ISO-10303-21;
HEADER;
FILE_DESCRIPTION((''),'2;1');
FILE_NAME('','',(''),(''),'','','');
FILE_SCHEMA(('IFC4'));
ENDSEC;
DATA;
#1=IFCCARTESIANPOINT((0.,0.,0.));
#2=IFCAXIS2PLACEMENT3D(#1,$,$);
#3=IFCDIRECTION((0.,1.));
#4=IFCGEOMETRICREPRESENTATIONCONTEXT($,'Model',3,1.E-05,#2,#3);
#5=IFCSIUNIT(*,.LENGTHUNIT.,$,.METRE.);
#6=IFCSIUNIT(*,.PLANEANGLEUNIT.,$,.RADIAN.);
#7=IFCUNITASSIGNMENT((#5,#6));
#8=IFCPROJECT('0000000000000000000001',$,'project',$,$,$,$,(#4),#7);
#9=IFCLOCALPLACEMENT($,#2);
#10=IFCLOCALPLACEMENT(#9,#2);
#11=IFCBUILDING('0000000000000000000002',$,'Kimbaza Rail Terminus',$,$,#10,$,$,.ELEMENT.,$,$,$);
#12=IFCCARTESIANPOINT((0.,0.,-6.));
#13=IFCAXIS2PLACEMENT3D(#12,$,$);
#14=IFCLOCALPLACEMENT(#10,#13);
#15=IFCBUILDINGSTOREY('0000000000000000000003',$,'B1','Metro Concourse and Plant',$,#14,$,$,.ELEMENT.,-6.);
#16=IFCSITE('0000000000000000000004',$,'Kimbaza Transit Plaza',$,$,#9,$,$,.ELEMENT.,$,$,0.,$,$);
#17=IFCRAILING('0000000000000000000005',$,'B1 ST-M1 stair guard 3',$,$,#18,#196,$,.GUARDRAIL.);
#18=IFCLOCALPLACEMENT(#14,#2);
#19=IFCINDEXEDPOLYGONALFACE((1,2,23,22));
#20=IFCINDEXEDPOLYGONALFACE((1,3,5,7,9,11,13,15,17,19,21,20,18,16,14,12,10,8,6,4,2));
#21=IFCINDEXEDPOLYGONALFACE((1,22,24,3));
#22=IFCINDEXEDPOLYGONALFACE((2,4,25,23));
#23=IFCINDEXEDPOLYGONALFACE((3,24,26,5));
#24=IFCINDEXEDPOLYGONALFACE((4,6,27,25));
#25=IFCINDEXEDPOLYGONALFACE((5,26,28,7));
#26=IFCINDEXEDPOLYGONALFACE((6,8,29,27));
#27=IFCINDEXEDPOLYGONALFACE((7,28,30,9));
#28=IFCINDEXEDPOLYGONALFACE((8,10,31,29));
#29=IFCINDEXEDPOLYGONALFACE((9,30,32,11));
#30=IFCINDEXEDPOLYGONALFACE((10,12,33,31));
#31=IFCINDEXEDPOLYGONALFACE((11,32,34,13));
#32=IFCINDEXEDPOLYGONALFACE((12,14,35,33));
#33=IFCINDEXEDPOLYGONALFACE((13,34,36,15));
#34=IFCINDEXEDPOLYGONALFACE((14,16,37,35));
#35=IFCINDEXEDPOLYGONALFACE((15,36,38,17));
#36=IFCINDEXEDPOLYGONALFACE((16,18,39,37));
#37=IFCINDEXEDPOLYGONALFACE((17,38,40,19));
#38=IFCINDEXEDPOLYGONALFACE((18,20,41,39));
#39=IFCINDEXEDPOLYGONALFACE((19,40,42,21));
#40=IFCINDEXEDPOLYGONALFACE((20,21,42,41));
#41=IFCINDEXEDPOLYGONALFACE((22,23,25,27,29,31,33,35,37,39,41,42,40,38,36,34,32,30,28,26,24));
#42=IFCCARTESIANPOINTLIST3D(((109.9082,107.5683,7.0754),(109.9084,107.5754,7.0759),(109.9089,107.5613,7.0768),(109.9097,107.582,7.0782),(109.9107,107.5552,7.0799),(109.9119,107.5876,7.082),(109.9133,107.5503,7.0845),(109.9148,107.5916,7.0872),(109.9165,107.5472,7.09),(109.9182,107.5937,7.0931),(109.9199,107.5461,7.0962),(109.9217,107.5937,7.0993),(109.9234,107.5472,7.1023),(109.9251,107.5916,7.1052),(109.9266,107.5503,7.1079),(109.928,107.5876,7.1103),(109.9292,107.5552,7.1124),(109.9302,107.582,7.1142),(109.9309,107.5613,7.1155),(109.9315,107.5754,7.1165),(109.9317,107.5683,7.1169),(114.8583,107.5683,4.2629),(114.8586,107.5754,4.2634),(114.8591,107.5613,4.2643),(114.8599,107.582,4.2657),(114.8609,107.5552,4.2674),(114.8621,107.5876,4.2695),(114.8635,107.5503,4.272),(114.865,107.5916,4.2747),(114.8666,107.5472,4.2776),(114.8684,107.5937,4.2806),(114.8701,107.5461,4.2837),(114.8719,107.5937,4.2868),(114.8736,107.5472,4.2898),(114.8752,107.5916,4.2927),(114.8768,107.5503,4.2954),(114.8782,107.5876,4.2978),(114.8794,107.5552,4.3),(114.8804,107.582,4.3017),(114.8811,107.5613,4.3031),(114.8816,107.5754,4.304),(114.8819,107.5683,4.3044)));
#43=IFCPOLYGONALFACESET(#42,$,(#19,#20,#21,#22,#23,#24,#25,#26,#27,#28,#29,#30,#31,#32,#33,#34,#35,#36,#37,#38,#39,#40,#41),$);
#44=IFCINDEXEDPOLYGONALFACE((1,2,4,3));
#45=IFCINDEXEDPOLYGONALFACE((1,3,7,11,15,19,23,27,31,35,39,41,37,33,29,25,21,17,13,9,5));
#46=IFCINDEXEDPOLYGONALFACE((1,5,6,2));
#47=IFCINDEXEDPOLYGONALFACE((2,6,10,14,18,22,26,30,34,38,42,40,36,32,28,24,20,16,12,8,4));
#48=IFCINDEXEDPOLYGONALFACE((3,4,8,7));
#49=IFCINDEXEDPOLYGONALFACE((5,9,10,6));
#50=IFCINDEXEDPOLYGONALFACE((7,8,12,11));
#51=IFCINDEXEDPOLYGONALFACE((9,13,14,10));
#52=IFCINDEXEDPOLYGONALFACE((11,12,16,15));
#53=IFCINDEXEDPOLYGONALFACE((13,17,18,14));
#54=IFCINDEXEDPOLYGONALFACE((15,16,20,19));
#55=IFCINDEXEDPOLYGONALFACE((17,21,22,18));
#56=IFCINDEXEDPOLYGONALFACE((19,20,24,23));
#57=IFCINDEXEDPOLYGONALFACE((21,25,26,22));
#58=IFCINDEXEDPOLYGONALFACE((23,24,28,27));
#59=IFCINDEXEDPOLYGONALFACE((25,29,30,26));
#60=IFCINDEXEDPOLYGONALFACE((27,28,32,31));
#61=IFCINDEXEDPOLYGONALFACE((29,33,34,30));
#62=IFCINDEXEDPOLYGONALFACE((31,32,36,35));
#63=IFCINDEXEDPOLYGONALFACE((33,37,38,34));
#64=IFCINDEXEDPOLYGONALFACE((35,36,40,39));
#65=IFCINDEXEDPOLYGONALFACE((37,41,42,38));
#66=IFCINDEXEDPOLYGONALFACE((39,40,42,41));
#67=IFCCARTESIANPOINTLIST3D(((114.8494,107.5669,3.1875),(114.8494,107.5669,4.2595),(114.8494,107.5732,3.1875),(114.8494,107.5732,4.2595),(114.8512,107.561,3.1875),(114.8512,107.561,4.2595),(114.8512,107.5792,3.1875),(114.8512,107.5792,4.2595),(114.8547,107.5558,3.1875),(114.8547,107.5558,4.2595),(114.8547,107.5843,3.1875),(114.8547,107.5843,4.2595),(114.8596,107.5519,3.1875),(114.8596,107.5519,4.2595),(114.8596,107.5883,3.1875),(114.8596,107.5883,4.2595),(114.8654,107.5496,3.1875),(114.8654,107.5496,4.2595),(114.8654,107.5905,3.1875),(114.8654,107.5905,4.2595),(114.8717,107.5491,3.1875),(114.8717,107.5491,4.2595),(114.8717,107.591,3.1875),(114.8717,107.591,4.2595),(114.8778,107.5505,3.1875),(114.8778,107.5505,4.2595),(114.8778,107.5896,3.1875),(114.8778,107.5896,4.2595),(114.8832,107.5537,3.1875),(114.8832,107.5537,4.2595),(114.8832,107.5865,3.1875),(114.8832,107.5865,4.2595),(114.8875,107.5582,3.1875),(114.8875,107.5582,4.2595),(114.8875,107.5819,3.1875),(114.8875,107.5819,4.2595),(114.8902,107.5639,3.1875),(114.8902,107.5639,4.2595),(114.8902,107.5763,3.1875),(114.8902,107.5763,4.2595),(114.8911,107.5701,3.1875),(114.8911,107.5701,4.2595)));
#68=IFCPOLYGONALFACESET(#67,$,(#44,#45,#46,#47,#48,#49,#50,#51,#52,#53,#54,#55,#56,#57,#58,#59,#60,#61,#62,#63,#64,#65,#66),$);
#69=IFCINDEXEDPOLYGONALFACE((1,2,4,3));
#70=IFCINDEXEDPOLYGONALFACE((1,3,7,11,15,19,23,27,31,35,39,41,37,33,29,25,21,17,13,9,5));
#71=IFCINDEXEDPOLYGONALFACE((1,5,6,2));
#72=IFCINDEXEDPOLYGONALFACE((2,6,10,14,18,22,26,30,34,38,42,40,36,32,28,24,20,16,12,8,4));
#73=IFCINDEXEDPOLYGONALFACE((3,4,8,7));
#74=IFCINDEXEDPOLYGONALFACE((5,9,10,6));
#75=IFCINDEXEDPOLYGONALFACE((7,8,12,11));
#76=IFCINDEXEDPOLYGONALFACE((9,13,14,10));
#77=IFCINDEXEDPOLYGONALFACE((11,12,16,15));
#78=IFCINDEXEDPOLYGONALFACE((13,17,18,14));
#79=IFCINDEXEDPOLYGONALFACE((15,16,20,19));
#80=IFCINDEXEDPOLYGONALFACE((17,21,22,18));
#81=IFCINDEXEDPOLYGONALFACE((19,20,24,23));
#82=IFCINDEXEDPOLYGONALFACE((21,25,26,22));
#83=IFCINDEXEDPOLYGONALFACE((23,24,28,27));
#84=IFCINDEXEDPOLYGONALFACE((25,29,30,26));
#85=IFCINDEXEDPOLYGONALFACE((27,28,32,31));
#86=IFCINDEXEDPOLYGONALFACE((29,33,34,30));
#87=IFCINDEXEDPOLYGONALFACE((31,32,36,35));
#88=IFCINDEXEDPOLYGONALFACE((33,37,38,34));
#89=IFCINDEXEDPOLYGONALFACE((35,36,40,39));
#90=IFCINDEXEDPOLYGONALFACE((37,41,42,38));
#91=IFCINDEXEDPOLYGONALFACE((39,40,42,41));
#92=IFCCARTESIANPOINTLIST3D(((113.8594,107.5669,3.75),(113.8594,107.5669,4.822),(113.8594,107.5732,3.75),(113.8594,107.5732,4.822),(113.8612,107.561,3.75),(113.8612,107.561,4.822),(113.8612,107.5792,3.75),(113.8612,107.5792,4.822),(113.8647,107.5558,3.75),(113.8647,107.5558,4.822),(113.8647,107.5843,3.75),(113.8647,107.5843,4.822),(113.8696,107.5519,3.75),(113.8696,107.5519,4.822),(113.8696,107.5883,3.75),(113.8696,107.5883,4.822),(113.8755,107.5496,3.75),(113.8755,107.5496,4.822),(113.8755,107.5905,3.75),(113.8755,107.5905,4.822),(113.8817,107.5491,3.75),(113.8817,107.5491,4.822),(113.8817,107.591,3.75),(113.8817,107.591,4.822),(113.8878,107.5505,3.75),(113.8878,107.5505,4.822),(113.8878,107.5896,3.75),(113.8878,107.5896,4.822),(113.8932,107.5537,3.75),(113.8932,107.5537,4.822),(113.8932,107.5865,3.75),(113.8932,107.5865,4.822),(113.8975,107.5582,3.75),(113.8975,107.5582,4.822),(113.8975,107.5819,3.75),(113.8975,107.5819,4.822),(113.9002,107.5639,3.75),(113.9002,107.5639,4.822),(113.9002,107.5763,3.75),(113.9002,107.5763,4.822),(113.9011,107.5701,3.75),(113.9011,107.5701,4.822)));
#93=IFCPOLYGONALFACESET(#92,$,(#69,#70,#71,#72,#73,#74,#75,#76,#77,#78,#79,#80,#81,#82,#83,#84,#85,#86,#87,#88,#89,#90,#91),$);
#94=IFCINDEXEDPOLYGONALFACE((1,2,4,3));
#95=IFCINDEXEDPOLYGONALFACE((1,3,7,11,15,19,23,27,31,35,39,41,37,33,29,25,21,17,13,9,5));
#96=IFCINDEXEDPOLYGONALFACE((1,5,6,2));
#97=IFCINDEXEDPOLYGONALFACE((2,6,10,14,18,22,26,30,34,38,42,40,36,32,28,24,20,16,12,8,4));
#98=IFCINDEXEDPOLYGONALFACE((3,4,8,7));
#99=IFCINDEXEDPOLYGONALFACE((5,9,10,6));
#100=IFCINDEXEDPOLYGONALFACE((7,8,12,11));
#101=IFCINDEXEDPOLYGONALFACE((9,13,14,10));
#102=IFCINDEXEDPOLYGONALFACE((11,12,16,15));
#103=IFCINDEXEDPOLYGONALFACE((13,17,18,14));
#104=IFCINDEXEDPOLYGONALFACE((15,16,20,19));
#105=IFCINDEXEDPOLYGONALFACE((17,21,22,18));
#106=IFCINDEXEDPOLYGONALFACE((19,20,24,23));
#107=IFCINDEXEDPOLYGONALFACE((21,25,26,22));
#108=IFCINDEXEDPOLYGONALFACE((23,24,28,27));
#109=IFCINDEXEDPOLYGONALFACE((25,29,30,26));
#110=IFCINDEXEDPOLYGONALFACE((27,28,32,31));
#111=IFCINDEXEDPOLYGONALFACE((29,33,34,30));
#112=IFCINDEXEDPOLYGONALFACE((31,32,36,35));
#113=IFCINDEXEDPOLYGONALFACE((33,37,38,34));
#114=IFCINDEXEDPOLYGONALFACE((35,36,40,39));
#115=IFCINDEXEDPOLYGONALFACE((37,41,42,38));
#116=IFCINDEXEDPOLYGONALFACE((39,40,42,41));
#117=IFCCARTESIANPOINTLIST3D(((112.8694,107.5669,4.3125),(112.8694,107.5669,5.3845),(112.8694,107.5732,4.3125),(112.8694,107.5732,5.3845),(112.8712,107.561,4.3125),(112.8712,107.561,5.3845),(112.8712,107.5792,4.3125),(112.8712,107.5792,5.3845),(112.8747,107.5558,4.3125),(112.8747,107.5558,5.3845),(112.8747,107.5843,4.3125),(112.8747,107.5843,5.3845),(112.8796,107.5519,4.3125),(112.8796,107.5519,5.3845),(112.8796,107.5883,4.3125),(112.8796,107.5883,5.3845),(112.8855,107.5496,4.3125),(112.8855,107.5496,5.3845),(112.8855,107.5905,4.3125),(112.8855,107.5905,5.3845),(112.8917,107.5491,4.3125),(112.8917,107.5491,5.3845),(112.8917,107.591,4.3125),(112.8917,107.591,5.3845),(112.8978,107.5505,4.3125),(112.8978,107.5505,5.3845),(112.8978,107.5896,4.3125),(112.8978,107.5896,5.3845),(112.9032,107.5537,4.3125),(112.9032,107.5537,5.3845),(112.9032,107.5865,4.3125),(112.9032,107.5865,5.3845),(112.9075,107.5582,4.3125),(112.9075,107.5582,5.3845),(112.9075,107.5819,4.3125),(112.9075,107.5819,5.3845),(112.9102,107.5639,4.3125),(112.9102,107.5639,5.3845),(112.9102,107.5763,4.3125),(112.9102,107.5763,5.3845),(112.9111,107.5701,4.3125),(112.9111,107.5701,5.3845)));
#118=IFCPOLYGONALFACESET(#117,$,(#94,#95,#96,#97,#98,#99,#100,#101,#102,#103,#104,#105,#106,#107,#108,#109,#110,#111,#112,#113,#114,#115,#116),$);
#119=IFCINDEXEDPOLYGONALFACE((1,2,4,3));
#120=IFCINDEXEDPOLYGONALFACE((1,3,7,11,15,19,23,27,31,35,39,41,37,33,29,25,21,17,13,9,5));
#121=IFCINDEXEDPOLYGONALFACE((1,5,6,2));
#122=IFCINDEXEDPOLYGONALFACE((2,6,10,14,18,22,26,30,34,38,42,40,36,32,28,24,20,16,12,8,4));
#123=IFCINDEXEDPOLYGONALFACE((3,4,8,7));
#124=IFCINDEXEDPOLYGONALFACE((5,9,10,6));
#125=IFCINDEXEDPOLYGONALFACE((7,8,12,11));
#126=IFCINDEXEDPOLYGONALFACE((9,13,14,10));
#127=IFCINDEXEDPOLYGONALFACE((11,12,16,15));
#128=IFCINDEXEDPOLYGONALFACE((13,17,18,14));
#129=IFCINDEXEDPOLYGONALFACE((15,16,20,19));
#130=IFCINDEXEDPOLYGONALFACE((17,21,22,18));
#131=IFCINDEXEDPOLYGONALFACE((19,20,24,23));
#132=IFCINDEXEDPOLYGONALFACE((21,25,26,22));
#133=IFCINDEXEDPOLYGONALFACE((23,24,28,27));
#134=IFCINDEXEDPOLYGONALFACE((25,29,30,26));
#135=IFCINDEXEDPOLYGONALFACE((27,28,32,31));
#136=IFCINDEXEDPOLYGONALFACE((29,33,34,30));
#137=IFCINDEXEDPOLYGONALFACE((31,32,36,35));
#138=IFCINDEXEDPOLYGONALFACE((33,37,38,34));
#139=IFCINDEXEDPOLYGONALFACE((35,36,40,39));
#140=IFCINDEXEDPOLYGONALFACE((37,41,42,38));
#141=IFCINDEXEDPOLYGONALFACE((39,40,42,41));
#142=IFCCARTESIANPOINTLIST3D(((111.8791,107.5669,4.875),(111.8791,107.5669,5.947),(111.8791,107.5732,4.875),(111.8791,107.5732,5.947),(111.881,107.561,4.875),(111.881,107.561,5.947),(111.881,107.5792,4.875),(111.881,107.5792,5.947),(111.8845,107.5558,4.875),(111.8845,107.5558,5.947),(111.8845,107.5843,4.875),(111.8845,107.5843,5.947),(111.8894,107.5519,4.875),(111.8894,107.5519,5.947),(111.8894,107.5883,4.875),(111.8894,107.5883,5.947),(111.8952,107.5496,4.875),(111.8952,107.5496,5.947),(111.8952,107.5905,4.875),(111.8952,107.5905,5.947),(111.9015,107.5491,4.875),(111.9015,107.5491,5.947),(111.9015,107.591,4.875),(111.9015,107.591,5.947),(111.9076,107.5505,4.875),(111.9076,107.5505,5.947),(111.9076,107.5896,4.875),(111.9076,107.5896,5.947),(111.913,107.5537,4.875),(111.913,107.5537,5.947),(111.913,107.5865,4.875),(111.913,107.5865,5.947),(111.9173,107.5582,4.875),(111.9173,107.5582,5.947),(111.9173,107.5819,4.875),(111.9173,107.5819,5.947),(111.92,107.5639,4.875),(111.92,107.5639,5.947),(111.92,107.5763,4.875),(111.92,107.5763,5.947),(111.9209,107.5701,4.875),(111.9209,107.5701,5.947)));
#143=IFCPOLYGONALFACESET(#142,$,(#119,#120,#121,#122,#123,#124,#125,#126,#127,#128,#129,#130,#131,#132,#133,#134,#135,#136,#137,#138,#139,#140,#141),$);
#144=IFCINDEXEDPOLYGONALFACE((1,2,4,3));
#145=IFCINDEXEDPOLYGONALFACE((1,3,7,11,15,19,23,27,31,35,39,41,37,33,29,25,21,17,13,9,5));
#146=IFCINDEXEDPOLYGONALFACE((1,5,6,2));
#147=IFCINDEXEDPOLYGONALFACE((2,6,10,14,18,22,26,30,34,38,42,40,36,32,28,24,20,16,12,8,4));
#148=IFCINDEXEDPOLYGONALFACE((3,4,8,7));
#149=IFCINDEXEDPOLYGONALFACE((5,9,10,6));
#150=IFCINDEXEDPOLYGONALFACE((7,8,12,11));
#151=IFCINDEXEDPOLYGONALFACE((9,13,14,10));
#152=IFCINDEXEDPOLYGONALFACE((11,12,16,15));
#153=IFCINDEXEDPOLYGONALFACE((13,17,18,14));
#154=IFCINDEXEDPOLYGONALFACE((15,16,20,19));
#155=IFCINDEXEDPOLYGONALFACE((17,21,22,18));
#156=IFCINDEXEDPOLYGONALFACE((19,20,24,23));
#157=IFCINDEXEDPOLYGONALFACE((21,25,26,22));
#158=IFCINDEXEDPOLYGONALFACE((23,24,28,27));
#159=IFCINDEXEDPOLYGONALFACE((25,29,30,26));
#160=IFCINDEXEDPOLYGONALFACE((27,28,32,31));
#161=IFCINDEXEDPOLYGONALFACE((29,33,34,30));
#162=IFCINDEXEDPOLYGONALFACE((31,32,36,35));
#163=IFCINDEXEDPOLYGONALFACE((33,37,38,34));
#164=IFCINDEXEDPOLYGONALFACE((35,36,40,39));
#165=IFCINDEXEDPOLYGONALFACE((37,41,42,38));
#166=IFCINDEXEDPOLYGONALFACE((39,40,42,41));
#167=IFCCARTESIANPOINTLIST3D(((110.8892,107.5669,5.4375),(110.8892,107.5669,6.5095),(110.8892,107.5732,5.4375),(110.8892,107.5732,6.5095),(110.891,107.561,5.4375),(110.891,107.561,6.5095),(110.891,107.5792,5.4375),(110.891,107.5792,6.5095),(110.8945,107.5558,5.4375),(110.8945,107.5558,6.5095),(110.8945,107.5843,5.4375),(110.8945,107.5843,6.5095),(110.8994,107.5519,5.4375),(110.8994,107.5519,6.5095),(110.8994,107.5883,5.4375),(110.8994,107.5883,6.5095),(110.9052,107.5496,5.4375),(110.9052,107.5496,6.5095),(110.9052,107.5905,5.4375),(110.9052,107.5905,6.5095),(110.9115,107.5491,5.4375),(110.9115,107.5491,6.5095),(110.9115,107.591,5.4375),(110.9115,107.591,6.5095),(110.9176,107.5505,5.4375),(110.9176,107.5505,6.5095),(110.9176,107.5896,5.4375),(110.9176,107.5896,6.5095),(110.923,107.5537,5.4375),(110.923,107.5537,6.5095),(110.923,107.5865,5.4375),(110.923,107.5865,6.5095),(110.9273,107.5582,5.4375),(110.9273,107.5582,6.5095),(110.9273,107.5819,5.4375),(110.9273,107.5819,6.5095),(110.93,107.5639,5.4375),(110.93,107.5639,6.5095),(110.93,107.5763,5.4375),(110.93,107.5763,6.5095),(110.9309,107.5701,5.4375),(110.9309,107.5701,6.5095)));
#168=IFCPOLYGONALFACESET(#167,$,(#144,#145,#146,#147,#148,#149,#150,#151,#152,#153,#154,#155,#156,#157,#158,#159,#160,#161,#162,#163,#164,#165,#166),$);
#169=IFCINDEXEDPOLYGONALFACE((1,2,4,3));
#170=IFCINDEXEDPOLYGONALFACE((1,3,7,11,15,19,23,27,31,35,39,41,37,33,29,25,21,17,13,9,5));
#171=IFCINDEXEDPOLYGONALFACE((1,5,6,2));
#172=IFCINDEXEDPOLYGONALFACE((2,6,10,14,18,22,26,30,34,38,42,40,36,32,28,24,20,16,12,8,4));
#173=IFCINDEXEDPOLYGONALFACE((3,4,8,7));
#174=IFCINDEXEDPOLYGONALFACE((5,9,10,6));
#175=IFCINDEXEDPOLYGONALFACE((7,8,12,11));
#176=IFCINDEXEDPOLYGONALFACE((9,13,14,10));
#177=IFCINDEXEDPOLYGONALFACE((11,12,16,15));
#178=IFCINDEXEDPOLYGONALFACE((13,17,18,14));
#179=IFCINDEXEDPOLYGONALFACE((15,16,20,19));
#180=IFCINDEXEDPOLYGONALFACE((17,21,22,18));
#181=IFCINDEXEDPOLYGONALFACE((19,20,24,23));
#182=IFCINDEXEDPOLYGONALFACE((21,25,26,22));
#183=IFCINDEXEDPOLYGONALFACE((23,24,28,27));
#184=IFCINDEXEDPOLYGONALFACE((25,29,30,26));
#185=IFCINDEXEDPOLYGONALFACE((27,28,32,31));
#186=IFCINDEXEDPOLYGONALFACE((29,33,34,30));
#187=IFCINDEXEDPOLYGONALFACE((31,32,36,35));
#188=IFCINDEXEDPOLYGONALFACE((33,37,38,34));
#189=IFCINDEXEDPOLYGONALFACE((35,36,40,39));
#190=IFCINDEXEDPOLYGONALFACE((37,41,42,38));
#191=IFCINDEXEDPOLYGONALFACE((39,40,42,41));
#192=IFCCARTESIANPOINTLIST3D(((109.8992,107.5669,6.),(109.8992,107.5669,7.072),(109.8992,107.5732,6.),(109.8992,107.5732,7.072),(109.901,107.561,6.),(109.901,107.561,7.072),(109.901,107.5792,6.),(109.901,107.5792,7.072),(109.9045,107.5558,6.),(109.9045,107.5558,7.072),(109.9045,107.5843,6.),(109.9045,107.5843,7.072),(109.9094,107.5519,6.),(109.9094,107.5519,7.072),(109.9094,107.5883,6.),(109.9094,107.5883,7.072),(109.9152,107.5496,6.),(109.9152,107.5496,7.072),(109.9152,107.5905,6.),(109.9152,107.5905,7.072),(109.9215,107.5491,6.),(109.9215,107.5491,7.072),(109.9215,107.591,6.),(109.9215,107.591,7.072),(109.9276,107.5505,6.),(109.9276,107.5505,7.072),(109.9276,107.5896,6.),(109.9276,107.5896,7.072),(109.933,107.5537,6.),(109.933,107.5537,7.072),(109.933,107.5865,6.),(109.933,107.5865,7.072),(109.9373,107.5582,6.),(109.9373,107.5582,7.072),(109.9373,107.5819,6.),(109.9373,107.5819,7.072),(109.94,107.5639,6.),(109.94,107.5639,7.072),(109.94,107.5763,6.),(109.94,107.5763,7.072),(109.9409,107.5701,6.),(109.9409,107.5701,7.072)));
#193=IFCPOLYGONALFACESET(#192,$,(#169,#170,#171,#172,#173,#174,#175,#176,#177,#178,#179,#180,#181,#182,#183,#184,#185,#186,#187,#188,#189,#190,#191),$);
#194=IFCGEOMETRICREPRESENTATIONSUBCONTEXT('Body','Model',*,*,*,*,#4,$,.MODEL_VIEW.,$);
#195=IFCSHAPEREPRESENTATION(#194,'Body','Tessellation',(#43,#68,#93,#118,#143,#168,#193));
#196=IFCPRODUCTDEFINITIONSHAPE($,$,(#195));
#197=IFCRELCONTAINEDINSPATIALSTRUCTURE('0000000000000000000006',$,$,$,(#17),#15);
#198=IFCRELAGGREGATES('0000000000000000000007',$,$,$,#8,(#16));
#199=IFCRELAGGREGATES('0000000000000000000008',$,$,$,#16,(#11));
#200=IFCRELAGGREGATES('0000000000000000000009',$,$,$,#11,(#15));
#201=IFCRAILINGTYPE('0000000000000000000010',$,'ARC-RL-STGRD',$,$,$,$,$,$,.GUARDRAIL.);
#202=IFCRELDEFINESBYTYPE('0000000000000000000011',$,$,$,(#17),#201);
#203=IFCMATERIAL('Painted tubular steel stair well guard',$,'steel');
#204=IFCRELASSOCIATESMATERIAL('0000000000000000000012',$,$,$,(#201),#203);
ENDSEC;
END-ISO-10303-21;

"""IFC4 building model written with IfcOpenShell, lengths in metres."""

from ifc_helpers import new_model, si_unit, direction, frame, origin, origin_2d, place, context, subcontext, project, spatial, circle, extrude, material, type_object, element, save


model = new_model("IFC4")

# Units and contexts
model_context = context("Model", 3, precision=1e-05, world=origin(), true_north=direction((0.0, 1.0)))
body_context = subcontext(model_context, "Body", "Model", "MODEL_VIEW")
ifc_project = project(units=[si_unit("LENGTHUNIT", "METRE"), si_unit("PLANEANGLEUNIT", "RADIAN")], contexts=[model_context])

# Site, building, storey
site_placement = place(None, origin())
site = spatial("IfcSite", under=ifc_project, at=site_placement, Name="Kimbaza Transit Plaza", CompositionType="ELEMENT", RefElevation=0.0)
building_placement = place(site_placement, origin())
building = spatial("IfcBuilding", under=site, at=building_placement, Name="Kimbaza Rail Terminus", CompositionType="ELEMENT")
storey_placement = place(building_placement, frame((0.0, 0.0, -6.0)))
storey = spatial("IfcBuildingStorey", under=building, at=storey_placement, Name="B1", Description="Metro Concourse and Plant", CompositionType="ELEMENT", Elevation=-6.0)

# Railing
ifc_material_1 = material(Name="Painted tubular steel stair well guard", Category="steel")
railing_type_1 = type_object("IfcRailingType", Name="ARC-RL-STGRD", PredefinedType="GUARDRAIL", material=ifc_material_1)
railing_1_placement = place(storey_placement, frame((114.8701, 107.5701, 3.1875)))
element("IfcRailing", 1, at=railing_1_placement, inside=storey, type_object=railing_type_1, Name="B1 ST-M1 stair guard 3", PredefinedType="GUARDRAIL", context=body_context, shape_type="SweptSolid", body=[
    extrude(circle(Radius=0.0239, at=origin_2d()), frame((0.0, 0.0, 1.0962), z_axis=(-0.869465, 0.0, 0.493995), x_axis=(0.0, -1.0, 0.0)), (0.0, 0.0, 1.0), 5.6934),
    extrude(circle(Radius=0.021, at=origin_2d()), origin(), (0.0, 0.0, 1.0), 1.072),
    extrude(circle(Radius=0.021, at=origin_2d()), frame((-0.99, 0.0, 0.5625)), (0.0, 0.0, 1.0), 1.072),
    extrude(circle(Radius=0.021, at=origin_2d()), frame((-1.98, 0.0, 1.125)), (0.0, 0.0, 1.0), 1.072),
    extrude(circle(Radius=0.021, at=origin_2d()), frame((-2.9702, 0.0, 1.6875)), (0.0, 0.0, 1.0), 1.072),
    extrude(circle(Radius=0.021, at=origin_2d()), frame((-3.9602, 0.0, 2.25)), (0.0, 0.0, 1.0), 1.072),
    extrude(circle(Radius=0.021, at=origin_2d()), frame((-4.9502, 0.0, 2.8125)), (0.0, 0.0, 1.0), 1.072),
])

save(model, "model.ifc")
